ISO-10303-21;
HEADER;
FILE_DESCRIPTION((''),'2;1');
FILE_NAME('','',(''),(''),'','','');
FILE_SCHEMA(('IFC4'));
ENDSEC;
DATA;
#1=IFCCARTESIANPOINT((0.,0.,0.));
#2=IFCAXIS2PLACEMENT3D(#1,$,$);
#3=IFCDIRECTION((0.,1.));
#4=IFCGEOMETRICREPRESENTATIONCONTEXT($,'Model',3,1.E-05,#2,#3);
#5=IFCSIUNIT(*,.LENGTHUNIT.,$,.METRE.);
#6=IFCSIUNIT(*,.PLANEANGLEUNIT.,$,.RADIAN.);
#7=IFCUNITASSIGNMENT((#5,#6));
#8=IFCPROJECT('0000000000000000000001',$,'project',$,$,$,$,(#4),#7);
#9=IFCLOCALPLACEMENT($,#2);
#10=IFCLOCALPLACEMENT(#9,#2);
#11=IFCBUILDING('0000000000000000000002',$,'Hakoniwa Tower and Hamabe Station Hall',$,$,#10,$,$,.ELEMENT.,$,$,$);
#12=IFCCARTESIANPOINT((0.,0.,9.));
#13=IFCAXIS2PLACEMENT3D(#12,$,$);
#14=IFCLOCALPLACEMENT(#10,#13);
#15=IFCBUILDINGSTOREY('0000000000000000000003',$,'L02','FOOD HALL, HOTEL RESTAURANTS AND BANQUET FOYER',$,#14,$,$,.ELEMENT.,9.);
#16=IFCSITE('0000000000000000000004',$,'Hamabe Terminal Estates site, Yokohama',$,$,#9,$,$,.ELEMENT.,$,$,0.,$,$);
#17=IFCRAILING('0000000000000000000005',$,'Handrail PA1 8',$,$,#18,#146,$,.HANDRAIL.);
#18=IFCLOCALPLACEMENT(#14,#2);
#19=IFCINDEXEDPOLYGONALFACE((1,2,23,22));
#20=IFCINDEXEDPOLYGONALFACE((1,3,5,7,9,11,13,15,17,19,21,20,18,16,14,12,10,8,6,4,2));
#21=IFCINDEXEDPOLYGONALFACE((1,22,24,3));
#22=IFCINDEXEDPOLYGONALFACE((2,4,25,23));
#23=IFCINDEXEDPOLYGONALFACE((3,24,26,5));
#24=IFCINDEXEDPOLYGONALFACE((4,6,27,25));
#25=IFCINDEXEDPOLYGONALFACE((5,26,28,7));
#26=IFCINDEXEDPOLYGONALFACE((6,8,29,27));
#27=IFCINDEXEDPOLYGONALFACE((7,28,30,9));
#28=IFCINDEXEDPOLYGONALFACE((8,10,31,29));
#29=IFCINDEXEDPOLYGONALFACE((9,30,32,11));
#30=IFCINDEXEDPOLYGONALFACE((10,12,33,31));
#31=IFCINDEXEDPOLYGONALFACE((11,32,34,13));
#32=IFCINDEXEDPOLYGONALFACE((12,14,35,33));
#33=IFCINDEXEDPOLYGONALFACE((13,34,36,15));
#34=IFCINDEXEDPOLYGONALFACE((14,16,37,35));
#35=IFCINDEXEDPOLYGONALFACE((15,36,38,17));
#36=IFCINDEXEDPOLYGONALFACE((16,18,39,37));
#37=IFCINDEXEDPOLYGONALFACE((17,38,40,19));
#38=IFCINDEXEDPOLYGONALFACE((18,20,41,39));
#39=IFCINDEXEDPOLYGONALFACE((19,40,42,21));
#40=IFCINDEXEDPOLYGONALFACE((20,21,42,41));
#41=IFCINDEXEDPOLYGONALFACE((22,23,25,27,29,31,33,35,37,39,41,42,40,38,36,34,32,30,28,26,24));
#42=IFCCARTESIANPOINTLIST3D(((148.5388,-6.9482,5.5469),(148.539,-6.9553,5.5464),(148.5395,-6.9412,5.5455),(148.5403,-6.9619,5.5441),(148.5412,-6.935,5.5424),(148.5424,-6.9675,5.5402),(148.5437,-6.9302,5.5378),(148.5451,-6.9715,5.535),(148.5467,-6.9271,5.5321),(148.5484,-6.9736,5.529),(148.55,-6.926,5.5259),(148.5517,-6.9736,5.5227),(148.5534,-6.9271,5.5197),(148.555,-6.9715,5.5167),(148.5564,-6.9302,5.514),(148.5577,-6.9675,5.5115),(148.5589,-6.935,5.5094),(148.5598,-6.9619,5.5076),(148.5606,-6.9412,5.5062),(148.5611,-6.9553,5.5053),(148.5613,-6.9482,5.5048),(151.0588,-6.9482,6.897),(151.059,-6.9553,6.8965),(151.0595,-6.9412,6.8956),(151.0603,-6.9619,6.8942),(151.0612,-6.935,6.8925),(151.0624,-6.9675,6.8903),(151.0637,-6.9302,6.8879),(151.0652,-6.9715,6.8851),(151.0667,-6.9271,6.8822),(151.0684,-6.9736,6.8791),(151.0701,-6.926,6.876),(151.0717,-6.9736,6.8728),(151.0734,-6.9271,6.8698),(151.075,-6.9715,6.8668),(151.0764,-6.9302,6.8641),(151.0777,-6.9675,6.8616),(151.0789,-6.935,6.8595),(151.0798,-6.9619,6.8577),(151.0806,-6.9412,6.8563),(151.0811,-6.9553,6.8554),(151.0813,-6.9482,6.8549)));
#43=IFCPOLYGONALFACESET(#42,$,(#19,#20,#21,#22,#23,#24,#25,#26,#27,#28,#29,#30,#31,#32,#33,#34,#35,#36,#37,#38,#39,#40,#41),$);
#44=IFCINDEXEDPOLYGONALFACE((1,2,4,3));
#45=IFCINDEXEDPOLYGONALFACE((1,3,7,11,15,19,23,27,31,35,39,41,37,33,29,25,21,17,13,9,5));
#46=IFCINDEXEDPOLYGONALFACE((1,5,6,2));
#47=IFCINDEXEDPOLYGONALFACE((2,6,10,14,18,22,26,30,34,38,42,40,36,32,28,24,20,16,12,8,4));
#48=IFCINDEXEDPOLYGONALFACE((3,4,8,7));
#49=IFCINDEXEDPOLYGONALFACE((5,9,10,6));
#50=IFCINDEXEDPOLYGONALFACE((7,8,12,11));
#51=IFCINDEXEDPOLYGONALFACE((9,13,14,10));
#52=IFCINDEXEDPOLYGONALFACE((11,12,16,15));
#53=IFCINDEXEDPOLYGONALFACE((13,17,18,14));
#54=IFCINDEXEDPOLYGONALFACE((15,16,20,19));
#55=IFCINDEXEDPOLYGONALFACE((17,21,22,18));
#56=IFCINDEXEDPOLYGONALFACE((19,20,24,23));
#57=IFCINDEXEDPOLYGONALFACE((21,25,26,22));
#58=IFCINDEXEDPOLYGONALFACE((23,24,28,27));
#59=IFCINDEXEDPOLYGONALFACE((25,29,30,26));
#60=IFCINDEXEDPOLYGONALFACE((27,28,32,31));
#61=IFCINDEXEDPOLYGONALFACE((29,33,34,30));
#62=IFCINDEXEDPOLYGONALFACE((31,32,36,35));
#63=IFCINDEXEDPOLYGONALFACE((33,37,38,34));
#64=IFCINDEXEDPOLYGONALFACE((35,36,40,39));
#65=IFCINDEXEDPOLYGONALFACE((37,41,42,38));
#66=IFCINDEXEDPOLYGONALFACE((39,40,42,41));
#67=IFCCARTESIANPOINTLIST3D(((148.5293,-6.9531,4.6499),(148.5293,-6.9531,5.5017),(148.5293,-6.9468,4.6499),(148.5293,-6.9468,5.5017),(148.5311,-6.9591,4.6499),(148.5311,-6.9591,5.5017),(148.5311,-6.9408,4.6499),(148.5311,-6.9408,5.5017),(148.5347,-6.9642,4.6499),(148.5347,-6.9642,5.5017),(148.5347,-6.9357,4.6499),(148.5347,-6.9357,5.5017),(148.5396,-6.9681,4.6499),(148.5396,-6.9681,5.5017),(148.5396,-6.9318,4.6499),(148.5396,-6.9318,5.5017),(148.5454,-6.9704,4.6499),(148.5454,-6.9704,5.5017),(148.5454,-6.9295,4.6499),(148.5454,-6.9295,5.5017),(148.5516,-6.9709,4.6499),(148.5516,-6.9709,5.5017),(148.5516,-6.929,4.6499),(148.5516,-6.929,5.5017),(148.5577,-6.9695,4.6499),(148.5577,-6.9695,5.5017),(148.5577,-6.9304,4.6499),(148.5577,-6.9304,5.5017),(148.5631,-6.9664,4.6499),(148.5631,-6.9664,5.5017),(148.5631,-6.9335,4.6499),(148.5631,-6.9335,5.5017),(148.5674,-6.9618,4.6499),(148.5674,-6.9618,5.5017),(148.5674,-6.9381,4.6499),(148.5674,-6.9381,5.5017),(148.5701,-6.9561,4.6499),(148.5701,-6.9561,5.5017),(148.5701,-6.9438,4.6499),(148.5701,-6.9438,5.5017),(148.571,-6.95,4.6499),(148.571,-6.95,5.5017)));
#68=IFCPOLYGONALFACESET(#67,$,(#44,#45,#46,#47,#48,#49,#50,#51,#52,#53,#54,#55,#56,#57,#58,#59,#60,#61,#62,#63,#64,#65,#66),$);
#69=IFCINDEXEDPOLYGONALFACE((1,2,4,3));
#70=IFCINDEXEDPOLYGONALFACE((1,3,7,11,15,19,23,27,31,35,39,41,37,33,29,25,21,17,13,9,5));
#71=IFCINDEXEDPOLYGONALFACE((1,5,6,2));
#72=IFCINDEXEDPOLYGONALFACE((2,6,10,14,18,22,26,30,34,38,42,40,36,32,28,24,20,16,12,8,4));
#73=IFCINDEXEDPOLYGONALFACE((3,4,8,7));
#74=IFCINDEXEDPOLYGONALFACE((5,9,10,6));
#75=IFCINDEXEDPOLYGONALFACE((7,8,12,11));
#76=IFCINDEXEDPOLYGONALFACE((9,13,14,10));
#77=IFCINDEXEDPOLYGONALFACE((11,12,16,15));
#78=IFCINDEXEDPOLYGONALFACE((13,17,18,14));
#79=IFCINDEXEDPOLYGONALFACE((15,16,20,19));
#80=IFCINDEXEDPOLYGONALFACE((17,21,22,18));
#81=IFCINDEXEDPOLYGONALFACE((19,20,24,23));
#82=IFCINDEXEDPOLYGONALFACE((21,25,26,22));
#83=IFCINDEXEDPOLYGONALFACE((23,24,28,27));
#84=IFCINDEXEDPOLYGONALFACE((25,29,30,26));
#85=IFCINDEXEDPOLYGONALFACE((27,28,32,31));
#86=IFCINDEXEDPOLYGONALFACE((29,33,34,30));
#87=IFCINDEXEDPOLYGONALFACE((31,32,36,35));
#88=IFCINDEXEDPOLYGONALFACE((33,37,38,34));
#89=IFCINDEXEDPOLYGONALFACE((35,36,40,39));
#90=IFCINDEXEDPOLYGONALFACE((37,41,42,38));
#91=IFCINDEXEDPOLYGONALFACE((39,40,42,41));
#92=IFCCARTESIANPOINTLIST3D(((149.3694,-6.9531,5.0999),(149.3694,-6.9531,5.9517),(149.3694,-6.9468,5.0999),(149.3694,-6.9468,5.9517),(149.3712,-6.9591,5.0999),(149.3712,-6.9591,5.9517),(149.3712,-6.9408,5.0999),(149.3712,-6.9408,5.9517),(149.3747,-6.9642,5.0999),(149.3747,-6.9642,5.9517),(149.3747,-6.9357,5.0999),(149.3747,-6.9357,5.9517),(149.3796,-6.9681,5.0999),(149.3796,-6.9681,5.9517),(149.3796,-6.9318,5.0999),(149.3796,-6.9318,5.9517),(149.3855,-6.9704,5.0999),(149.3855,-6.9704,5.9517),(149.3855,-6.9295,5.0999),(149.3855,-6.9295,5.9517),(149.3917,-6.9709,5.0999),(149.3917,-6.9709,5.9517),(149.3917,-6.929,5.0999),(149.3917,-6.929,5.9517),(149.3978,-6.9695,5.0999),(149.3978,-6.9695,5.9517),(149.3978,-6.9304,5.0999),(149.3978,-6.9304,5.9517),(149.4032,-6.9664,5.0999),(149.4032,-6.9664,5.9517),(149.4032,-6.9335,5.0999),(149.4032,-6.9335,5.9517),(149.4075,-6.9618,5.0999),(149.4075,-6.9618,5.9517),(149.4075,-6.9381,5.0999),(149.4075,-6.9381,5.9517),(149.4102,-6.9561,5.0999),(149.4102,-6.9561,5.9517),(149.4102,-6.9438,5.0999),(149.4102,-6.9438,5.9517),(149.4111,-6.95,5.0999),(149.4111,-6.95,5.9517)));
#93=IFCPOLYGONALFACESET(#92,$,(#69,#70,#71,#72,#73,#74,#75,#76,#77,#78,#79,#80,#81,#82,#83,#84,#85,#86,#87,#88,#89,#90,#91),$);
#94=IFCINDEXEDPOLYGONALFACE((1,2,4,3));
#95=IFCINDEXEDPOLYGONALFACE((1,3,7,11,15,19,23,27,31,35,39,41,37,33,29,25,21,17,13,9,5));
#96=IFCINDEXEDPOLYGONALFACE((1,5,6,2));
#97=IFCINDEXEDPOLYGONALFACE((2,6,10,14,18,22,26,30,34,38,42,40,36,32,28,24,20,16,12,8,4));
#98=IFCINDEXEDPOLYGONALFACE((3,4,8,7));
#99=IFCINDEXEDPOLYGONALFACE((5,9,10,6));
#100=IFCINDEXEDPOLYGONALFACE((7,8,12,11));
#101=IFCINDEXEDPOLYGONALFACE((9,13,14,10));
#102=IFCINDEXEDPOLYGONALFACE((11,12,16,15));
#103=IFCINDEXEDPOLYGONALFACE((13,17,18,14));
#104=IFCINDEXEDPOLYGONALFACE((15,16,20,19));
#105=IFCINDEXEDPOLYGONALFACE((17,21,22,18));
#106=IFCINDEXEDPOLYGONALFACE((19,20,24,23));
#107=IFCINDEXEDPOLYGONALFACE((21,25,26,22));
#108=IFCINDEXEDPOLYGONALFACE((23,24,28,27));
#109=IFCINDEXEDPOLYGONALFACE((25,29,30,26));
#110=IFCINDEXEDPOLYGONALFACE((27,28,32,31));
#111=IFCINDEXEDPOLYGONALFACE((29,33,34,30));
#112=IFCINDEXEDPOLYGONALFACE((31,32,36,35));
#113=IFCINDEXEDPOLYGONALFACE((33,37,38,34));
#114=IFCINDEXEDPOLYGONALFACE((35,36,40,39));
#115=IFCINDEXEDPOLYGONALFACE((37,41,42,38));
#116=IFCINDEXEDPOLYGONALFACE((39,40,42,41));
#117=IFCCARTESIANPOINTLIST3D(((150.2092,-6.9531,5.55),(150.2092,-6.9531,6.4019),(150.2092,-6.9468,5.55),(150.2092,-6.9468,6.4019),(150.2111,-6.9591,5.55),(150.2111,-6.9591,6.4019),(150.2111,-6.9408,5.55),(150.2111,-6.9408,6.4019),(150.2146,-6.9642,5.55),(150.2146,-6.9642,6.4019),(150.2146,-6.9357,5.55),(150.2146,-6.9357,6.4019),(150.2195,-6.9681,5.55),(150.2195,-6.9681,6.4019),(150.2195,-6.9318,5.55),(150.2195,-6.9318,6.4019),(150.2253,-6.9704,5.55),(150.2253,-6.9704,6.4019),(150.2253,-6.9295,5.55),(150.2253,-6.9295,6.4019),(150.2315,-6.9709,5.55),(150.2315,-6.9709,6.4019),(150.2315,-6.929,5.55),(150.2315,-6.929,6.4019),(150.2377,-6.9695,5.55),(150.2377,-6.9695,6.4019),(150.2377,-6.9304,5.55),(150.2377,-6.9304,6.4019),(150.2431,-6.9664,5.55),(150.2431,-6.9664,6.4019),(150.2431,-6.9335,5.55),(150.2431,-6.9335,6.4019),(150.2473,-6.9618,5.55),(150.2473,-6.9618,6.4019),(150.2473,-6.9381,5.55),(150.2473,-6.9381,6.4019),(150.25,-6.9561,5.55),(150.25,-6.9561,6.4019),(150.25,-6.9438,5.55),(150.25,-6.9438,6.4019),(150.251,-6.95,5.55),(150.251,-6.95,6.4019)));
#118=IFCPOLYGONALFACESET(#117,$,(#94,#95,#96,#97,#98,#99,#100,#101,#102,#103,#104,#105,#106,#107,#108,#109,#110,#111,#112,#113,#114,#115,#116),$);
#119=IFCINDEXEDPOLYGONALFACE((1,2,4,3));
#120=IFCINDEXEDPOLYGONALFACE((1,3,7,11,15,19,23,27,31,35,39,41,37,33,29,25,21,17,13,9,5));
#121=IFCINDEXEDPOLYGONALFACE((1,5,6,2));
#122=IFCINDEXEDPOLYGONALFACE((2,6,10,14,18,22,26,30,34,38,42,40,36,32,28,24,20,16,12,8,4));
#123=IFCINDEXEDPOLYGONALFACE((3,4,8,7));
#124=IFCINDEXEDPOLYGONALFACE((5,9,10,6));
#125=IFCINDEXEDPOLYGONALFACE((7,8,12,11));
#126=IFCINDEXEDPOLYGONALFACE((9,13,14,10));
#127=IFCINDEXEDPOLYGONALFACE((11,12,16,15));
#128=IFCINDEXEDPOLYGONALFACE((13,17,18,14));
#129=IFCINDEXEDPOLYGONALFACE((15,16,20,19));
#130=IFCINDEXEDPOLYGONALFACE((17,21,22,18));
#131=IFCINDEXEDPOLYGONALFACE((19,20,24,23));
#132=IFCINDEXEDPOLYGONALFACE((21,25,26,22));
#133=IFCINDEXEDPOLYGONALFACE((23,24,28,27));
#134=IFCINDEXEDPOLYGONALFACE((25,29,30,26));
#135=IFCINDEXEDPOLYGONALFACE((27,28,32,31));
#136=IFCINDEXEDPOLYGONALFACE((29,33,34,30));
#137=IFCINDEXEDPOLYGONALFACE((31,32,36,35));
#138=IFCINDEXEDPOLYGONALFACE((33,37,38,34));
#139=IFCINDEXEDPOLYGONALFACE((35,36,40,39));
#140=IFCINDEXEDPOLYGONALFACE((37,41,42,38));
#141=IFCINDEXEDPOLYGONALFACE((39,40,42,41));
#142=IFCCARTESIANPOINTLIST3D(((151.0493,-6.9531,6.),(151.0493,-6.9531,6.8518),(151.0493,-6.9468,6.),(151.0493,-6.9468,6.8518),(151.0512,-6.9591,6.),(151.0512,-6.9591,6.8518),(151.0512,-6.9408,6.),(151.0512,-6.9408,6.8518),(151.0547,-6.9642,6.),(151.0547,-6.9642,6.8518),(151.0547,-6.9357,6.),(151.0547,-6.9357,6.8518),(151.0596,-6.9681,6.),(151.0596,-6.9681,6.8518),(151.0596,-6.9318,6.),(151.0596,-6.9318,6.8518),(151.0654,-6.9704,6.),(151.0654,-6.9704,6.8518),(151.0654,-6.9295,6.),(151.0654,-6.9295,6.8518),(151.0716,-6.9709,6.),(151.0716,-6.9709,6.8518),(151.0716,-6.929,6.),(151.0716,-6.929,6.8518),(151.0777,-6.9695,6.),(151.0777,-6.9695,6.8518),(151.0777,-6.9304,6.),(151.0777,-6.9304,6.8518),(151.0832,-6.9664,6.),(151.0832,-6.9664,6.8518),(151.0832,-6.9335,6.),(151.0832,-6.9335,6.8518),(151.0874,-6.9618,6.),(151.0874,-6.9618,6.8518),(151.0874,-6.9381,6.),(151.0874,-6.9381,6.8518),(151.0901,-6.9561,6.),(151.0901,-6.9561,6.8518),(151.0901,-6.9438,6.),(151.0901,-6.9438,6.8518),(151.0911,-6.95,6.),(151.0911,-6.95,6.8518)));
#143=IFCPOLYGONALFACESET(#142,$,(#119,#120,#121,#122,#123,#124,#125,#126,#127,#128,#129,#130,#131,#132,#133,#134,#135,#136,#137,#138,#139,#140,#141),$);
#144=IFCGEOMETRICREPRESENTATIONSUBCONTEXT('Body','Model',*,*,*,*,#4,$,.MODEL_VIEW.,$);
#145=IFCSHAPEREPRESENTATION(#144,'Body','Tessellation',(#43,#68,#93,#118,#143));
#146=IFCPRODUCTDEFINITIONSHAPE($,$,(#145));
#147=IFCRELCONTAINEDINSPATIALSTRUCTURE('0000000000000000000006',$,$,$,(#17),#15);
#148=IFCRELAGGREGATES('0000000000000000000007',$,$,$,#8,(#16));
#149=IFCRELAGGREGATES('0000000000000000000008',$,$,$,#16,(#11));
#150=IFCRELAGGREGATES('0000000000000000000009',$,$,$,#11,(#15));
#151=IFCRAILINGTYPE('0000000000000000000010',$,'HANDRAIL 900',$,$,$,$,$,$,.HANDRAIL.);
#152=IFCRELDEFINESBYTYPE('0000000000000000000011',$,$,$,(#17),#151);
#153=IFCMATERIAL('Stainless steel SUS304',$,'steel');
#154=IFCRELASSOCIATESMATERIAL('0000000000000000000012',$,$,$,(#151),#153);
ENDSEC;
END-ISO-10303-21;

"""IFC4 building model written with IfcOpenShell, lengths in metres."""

from ifc_helpers import new_model, si_unit, direction, frame, origin, origin_2d, place, context, subcontext, project, spatial, circle, extrude, material, type_object, element, save


model = new_model("IFC4")

# Units and contexts
model_context = context("Model", 3, precision=1e-05, world=origin(), true_north=direction((0.0, 1.0)))
body_context = subcontext(model_context, "Body", "Model", "MODEL_VIEW")
ifc_project = project(units=[si_unit("LENGTHUNIT", "METRE"), si_unit("PLANEANGLEUNIT", "RADIAN")], contexts=[model_context])

# Site, building, storey
site_placement = place(None, origin())
site = spatial("IfcSite", under=ifc_project, at=site_placement, Name="Hamabe Terminal Estates site, Yokohama", CompositionType="ELEMENT", RefElevation=0.0)
building_placement = place(site_placement, origin())
building = spatial("IfcBuilding", under=site, at=building_placement, Name="Hakoniwa Tower and Hamabe Station Hall", CompositionType="ELEMENT")
storey_placement = place(building_placement, frame((0.0, 0.0, 9.0)))
storey = spatial("IfcBuildingStorey", under=building, at=storey_placement, Name="L02", Description="FOOD HALL, HOTEL RESTAURANTS AND BANQUET FOYER", CompositionType="ELEMENT", Elevation=9.0)

# Railing
ifc_material_1 = material(Name="Stainless steel SUS304", Category="steel")
railing_type_1 = type_object("IfcRailingType", Name="HANDRAIL 900", PredefinedType="HANDRAIL", material=ifc_material_1)
for number, where, name in (
    (1, (148.55, -6.95, 4.6499), "Handrail PA1 8"),
):
    element("IfcRailing", number, at=place(storey_placement, frame(where)), inside=storey, type_object=railing_type_1, Name=name, PredefinedType="HANDRAIL", context=body_context, shape_type="SweptSolid", body=[
        extrude(circle(Radius=0.0239, at=origin_2d()), frame((0.0, 0.0, 0.876), z_axis=(0.881467, 0.0, 0.472245), x_axis=(0.0, 1.0, 0.0)), (0.0, 0.0, 1.0), 2.8589),
        extrude(circle(Radius=0.021, at=origin_2d()), origin(), (0.0, 0.0, 1.0), 0.8518),
        extrude(circle(Radius=0.021, at=origin_2d()), frame((0.8401, 0.0, 0.45)), (0.0, 0.0, 1.0), 0.8518),
        extrude(circle(Radius=0.021, at=origin_2d()), frame((1.6799, 0.0, 0.9001)), (0.0, 0.0, 1.0), 0.8518),
        extrude(circle(Radius=0.021, at=origin_2d()), frame((2.52, 0.0, 1.3501)), (0.0, 0.0, 1.0), 0.8518),
    ])

save(model, "model.ifc")
